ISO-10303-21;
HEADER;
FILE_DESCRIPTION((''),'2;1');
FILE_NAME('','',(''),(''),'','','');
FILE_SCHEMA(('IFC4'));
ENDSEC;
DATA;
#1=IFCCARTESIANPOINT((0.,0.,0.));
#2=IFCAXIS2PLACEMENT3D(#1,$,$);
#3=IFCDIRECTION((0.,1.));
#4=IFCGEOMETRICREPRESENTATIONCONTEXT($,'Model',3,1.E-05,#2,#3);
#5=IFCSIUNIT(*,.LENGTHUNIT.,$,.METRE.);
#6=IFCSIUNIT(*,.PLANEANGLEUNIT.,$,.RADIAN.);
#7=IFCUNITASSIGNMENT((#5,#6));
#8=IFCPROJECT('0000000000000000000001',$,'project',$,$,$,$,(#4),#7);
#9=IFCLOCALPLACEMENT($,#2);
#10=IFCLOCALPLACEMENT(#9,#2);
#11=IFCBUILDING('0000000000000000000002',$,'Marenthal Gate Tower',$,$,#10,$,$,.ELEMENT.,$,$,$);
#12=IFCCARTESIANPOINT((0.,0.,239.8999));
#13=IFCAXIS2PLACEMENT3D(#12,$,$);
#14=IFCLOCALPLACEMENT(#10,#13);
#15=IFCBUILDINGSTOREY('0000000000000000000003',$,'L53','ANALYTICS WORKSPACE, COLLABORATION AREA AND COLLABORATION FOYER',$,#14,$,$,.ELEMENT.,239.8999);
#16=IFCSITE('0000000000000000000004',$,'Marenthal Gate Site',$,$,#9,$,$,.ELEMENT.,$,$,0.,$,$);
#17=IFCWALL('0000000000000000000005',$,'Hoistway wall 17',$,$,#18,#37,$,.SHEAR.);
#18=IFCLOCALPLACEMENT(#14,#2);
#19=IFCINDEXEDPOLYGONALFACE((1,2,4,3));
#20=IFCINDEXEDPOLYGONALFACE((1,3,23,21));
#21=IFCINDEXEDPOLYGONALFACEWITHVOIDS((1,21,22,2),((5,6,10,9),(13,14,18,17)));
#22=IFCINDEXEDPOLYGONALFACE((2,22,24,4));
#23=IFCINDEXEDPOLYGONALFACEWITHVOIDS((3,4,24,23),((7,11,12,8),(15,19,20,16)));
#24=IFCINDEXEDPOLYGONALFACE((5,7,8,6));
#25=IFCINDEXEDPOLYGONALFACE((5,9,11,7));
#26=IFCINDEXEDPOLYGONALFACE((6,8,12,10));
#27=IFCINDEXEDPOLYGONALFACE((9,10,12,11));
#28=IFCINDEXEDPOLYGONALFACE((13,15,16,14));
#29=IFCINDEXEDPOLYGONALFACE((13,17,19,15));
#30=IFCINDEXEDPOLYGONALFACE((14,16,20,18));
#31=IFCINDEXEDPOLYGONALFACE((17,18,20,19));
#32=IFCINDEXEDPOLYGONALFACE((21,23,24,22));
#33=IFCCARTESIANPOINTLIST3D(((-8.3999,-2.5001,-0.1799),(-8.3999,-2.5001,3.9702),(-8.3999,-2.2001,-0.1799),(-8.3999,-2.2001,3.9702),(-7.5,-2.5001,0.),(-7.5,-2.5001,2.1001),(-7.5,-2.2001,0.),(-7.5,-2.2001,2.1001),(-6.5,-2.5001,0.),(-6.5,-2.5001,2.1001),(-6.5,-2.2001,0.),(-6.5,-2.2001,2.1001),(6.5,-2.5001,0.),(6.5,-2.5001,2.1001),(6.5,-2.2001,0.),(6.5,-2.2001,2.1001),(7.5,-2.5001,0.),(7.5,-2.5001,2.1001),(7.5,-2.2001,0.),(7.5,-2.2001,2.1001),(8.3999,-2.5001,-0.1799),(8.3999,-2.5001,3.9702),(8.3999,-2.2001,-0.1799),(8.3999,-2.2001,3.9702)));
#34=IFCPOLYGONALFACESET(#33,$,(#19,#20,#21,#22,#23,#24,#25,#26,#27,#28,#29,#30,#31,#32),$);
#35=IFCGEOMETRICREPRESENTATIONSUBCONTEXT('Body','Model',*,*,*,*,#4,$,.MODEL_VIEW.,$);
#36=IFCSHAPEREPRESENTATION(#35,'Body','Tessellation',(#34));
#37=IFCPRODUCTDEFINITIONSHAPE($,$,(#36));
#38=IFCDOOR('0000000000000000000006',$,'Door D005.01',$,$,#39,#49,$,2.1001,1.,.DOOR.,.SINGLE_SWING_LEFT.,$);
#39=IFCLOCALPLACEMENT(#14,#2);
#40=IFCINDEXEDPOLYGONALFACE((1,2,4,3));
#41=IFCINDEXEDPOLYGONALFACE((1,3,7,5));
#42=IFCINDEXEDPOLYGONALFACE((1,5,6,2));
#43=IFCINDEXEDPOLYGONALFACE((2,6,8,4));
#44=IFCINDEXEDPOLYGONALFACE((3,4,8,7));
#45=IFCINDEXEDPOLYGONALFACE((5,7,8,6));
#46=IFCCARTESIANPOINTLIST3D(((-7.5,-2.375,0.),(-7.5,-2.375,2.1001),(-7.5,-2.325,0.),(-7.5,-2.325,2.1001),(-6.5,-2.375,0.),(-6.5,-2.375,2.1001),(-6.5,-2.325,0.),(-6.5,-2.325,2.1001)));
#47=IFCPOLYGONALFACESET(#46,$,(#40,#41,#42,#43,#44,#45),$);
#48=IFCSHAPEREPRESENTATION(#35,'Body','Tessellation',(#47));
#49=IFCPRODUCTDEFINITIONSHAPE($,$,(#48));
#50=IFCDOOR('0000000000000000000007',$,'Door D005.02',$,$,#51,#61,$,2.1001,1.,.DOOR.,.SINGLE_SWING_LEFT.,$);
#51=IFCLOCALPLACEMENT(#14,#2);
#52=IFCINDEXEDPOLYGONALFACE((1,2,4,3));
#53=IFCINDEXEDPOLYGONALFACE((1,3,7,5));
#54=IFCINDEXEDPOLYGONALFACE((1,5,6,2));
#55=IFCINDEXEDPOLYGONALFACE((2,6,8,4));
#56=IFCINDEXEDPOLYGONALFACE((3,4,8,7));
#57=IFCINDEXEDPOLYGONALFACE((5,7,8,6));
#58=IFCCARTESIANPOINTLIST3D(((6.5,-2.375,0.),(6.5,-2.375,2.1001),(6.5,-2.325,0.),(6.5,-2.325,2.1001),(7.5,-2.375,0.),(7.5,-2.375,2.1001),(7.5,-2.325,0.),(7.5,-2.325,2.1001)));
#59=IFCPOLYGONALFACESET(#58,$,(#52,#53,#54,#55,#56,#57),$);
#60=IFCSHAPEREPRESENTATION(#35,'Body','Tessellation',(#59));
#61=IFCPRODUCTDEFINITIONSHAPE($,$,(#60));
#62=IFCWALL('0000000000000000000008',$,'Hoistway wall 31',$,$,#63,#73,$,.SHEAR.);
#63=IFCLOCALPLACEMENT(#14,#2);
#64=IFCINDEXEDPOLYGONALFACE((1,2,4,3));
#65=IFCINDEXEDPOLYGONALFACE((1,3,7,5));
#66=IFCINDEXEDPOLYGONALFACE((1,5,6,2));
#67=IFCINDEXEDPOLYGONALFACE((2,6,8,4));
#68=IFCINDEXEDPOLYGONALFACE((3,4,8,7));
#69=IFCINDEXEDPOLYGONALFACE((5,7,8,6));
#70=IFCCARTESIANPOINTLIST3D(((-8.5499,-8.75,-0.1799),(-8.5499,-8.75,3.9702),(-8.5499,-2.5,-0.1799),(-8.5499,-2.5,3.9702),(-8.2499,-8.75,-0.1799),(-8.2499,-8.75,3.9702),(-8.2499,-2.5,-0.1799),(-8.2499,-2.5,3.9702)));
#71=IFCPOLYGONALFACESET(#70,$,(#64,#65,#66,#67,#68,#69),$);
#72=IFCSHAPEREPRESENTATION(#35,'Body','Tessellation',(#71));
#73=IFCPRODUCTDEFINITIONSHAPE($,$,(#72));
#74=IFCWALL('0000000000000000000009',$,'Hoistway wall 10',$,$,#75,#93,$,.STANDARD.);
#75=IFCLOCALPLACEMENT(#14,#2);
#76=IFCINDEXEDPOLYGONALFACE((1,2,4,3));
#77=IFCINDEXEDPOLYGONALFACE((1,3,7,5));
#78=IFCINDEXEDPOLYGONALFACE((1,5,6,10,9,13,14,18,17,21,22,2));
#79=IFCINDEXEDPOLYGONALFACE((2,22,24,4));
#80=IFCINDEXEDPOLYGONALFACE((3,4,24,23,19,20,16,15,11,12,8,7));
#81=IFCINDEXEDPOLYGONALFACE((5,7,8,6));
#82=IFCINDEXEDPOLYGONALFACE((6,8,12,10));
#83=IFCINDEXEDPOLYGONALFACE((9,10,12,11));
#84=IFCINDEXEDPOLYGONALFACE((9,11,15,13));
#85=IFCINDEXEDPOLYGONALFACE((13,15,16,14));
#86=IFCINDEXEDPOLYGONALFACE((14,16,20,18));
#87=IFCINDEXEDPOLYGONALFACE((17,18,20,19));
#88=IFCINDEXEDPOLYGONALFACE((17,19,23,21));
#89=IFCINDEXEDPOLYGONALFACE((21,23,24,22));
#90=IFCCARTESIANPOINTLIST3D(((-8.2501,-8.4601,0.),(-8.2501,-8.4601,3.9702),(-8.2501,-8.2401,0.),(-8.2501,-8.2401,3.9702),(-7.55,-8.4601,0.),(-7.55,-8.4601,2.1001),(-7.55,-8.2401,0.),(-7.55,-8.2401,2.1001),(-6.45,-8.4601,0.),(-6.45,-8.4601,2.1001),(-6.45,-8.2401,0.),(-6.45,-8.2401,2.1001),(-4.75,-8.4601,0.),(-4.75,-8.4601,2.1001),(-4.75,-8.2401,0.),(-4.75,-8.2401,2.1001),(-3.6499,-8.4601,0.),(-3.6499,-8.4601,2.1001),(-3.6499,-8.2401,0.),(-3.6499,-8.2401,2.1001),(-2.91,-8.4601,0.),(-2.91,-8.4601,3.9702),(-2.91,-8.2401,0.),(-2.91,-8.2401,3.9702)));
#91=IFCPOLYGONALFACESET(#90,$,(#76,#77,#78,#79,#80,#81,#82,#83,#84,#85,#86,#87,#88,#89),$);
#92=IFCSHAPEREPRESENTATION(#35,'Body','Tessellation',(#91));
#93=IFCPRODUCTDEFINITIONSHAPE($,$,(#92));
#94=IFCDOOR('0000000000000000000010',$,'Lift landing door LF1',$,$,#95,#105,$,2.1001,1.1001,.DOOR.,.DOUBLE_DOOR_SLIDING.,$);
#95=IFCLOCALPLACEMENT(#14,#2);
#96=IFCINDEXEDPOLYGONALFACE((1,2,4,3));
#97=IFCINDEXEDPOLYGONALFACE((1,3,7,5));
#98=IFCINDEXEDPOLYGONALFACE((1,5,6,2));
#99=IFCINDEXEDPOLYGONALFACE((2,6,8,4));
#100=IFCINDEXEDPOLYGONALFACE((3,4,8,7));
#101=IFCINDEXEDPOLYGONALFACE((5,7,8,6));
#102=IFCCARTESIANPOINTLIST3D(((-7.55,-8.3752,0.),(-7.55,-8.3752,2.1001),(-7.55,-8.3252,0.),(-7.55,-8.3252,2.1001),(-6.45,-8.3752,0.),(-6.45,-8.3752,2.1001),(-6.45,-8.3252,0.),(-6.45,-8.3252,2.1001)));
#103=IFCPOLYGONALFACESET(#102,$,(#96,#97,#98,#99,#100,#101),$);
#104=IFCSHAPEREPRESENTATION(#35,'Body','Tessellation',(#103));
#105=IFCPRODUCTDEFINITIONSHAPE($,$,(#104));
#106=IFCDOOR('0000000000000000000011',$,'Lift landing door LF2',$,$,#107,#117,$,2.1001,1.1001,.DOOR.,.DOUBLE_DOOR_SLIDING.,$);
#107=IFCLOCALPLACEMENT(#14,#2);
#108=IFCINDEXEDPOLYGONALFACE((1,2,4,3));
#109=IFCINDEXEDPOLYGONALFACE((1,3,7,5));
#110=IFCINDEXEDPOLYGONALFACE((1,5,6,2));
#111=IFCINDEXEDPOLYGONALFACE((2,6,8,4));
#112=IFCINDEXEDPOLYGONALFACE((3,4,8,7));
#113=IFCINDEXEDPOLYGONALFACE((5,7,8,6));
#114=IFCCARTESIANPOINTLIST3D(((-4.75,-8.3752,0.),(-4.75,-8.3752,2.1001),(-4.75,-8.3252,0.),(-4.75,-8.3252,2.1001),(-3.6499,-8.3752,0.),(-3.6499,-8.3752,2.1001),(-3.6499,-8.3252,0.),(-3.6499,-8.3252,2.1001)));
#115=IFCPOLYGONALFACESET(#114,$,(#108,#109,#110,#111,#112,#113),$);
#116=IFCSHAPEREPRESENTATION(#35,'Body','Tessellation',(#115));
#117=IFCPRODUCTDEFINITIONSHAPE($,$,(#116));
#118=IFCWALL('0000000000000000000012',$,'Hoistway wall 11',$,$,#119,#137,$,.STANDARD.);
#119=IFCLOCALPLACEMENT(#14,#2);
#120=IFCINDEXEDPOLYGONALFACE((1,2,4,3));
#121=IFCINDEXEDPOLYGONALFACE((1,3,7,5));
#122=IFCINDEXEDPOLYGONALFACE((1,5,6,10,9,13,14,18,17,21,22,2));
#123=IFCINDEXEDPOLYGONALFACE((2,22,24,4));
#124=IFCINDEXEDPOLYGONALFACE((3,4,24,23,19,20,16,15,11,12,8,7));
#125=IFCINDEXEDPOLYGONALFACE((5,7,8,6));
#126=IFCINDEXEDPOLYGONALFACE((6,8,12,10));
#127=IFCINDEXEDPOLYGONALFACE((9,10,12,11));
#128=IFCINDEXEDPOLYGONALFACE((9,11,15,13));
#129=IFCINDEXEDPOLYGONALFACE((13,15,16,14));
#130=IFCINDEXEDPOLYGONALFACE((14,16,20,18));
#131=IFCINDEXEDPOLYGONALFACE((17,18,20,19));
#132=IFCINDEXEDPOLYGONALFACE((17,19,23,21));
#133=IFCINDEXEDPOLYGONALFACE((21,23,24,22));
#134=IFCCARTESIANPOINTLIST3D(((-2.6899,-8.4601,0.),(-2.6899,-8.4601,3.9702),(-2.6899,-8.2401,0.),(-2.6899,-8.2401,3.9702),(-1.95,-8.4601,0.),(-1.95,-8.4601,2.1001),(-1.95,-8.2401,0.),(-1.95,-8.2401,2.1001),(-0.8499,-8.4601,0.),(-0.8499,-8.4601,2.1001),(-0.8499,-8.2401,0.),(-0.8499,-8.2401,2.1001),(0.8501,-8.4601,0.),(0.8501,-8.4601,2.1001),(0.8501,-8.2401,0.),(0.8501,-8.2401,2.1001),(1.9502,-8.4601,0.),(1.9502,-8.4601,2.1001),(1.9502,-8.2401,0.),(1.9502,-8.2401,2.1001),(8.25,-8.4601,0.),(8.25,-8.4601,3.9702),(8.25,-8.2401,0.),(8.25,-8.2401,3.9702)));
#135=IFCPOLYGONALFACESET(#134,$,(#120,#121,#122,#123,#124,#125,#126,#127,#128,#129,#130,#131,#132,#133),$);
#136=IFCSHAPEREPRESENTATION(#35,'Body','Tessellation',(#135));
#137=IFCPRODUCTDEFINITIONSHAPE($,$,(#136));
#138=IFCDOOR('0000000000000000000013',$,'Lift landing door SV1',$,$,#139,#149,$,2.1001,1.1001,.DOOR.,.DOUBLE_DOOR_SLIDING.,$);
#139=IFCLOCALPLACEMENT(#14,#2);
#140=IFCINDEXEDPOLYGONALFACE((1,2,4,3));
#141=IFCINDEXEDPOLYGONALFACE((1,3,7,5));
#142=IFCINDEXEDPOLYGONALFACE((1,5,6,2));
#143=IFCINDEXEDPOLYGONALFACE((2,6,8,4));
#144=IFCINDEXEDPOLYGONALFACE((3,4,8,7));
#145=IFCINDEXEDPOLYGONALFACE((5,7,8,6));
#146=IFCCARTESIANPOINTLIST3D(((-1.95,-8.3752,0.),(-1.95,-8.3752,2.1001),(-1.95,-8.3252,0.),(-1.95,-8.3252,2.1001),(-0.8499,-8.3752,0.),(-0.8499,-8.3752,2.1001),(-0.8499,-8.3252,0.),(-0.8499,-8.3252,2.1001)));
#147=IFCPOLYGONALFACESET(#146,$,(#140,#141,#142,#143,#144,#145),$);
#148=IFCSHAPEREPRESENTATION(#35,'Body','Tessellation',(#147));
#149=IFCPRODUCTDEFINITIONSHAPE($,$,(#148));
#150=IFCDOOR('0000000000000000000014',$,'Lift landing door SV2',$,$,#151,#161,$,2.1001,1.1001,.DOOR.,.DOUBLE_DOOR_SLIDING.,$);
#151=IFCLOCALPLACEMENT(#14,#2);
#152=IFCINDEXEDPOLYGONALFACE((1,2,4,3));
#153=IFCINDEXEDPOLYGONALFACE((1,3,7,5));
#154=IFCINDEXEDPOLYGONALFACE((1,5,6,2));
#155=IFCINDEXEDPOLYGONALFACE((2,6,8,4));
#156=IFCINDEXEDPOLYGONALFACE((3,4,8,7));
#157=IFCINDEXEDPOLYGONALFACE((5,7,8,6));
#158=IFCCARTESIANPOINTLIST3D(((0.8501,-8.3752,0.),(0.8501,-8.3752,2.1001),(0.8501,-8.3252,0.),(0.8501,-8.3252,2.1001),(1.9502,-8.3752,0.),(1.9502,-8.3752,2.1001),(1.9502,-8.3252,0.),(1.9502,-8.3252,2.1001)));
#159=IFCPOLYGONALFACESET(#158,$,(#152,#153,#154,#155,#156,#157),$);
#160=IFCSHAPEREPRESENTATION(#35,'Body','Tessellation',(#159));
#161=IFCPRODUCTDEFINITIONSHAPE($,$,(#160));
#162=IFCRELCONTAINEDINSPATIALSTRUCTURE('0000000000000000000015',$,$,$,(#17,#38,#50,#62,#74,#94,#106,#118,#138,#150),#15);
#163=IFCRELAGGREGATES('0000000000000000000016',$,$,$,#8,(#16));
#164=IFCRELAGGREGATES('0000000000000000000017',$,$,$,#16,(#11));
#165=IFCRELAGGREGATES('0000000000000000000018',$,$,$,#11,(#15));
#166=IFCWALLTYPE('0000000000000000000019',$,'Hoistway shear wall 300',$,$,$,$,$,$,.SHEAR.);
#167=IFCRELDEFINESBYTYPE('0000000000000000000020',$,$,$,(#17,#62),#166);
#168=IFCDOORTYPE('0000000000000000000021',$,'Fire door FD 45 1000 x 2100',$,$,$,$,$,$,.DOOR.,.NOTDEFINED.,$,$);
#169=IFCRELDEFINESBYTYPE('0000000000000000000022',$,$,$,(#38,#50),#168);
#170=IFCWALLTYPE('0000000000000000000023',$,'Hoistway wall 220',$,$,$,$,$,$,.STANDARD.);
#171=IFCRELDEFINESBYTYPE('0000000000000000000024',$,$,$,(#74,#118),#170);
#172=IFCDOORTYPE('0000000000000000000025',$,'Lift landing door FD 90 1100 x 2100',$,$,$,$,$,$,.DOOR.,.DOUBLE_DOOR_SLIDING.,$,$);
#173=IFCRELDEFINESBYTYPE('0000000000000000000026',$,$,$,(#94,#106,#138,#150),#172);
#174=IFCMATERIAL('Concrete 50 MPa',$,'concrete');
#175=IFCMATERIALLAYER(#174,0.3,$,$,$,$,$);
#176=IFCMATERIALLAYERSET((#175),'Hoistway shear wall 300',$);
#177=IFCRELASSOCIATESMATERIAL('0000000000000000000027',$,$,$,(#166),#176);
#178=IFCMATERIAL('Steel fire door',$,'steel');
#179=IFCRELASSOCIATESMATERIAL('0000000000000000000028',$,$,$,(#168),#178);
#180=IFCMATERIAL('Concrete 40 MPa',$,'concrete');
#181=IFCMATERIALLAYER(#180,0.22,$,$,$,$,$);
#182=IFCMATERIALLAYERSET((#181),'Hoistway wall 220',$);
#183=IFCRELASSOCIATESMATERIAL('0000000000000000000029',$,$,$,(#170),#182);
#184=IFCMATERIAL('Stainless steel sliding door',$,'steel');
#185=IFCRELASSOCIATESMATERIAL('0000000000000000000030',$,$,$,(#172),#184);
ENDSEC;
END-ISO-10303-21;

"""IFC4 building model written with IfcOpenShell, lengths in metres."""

from ifc_helpers import new_model, si_unit, direction, frame, frame_2d, origin, place, context, subcontext, project, spatial, rectangle, extrude, material, layer, layer_set, type_object, element, fill, save


model = new_model("IFC4")

# Units and contexts
model_context = context("Model", 3, precision=1e-05, world=origin(), true_north=direction((0.0, 1.0)))
body_context = subcontext(model_context, "Body", "Model", "MODEL_VIEW")
ifc_project = project(units=[si_unit("LENGTHUNIT", "METRE"), si_unit("PLANEANGLEUNIT", "RADIAN")], contexts=[model_context])

# Site, building, storey
site_placement = place(None, origin())
site = spatial("IfcSite", under=ifc_project, at=site_placement, Name="Marenthal Gate Site", CompositionType="ELEMENT", RefElevation=0.0)
building_placement = place(site_placement, origin())
building = spatial("IfcBuilding", under=site, at=building_placement, Name="Marenthal Gate Tower", CompositionType="ELEMENT")
storey_placement = place(building_placement, frame((0.0, 0.0, 239.8999)))
storey = spatial("IfcBuildingStorey", under=building, at=storey_placement, Name="L53", Description="ANALYTICS WORKSPACE, COLLABORATION AREA AND COLLABORATION FOYER", CompositionType="ELEMENT", Elevation=239.8999)

# Wall, openings, doors
ifc_material_1 = material(Name="Concrete 50 MPa", Category="concrete")
ifc_layer_1 = layer(ifc_material_1, 0.3)
ifc_layer_set_1 = layer_set([ifc_layer_1], Name="Hoistway shear wall 300")
wall_type_1 = type_object("IfcWallType", Name="Hoistway shear wall 300", PredefinedType="SHEAR", material=ifc_layer_set_1)
wall_1_placement = place(storey_placement, frame((-8.3999, -2.3501, -0.1799), z_axis=(0.0, 0.0, 1.0), x_axis=(1.0, 0.0, 0.0)))
wall_1 = element("IfcWall", 1, at=wall_1_placement, inside=storey, type_object=wall_type_1, Name="Hoistway wall 17", PredefinedType="SHEAR", context=body_context, shape_type="SweptSolid", body=[
    extrude(rectangle(XDim=16.7998, YDim=0.3, at=frame_2d((8.3999, 0.0))), origin(), (0.0, 0.0, 1.0), 4.1501),
])
opening_1_placement = place(wall_1_placement, frame((0.8999, 0.0, 0.1799)))
opening_1 = element("IfcOpeningElement", 2, at=opening_1_placement, cuts=wall_1, PredefinedType="OPENING", context=body_context, shape_type="SweptSolid", body=[
    extrude(rectangle(XDim=1.0, YDim=2.1001, at=frame_2d((0.5, 1.05))), frame((0.0, 0.1602, 0.0), z_axis=(0.0, -1.0, 0.0), x_axis=(1.0, 0.0, 0.0)), (0.0, 0.0, 1.0), 0.3201),
])
opening_2_placement = place(wall_1_placement, frame((14.8999, 0.0, 0.1799)))
opening_2 = element("IfcOpeningElement", 3, at=opening_2_placement, cuts=wall_1, PredefinedType="OPENING", context=body_context, shape_type="SweptSolid", body=[
    extrude(rectangle(XDim=1.0, YDim=2.1001, at=frame_2d((0.5, 1.05))), frame((0.0, 0.1602, 0.0), z_axis=(0.0, -1.0, 0.0), x_axis=(1.0, 0.0, 0.0)), (0.0, 0.0, 1.0), 0.3201),
])
ifc_material_2 = material(Name="Steel fire door", Category="steel")
door_type_1 = type_object("IfcDoorType", Name="Fire door FD 45 1000 x 2100", OperationType="NOTDEFINED", PredefinedType="DOOR", material=ifc_material_2)
door_1_placement = place(opening_1_placement, frame((1.0, 0.0, 0.0), z_axis=(0.0, 0.0, 1.0), x_axis=(-1.0, 0.0, 0.0)))
door_1 = element("IfcDoor", 4, at=door_1_placement, inside=storey, type_object=door_type_1, Name="Door D005.01", OperationType="SINGLE_SWING_LEFT", OverallHeight=2.1001, OverallWidth=1.0, PredefinedType="DOOR", context=body_context, shape_type="SweptSolid", body=[
    extrude(rectangle(XDim=1.0, YDim=2.1001, at=frame_2d((0.5, 1.05))), frame((0.0, 0.0249, 0.0), z_axis=(0.0, -1.0, 0.0), x_axis=(1.0, 0.0, 0.0)), (0.0, 0.0, 1.0), 0.05),
])
fill(opening_1, door_1)
door_2_placement = place(opening_2_placement, frame((1.0, 0.0, 0.0), z_axis=(0.0, 0.0, 1.0), x_axis=(-1.0, 0.0, 0.0)))
door_2 = element("IfcDoor", 5, at=door_2_placement, inside=storey, type_object=door_type_1, Name="Door D005.02", OperationType="SINGLE_SWING_LEFT", OverallHeight=2.1001, OverallWidth=1.0, PredefinedType="DOOR", context=body_context, shape_type="SweptSolid", body=[
    extrude(rectangle(XDim=1.0, YDim=2.1001, at=frame_2d((0.5, 1.05))), frame((0.0, 0.0249, 0.0), z_axis=(0.0, -1.0, 0.0), x_axis=(1.0, 0.0, 0.0)), (0.0, 0.0, 1.0), 0.05),
])
fill(opening_2, door_2)

# Wall
wall_2_placement = place(storey_placement, frame((-8.3999, -8.75, -0.1799), z_axis=(0.0, 0.0, 1.0), x_axis=(0.0, 1.0, 0.0)))
element("IfcWall", 6, at=wall_2_placement, inside=storey, type_object=wall_type_1, Name="Hoistway wall 31", PredefinedType="SHEAR", context=body_context, shape_type="SweptSolid", body=[
    extrude(rectangle(XDim=6.25, YDim=0.3, at=frame_2d((3.125, 0.0))), origin(), (0.0, 0.0, 1.0), 4.1501),
])

# Walls, openings, doors
ifc_material_3 = material(Name="Concrete 40 MPa", Category="concrete")
ifc_layer_2 = layer(ifc_material_3, 0.22)
ifc_layer_set_2 = layer_set([ifc_layer_2], Name="Hoistway wall 220")
wall_type_2 = type_object("IfcWallType", Name="Hoistway wall 220", PredefinedType="STANDARD", material=ifc_layer_set_2)
wall_3_placement = place(storey_placement, frame((-8.25, -8.3501, 0.0), z_axis=(0.0, 0.0, 1.0), x_axis=(1.0, 0.0, 0.0)))
wall_3 = element("IfcWall", 7, at=wall_3_placement, inside=storey, type_object=wall_type_2, Name="Hoistway wall 10", PredefinedType="STANDARD", context=body_context, shape_type="SweptSolid", body=[
    extrude(rectangle(XDim=5.3401, YDim=0.22, at=frame_2d((2.6699, 0.0))), origin(), (0.0, 0.0, 1.0), 3.9702),
])
opening_3_placement = place(wall_3_placement, frame((0.7, 0.0, 0.0)))
opening_3 = element("IfcOpeningElement", 8, at=opening_3_placement, cuts=wall_3, PredefinedType="OPENING", context=body_context, shape_type="SweptSolid", body=[
    extrude(rectangle(XDim=1.1001, YDim=2.1001, at=frame_2d((0.55, 1.05))), frame((0.0, 0.1201, 0.0), z_axis=(0.0, -1.0, 0.0), x_axis=(1.0, 0.0, 0.0)), (0.0, 0.0, 1.0), 0.24),
])
opening_4_placement = place(wall_3_placement, frame((3.5, 0.0, 0.0)))
opening_4 = element("IfcOpeningElement", 9, at=opening_4_placement, cuts=wall_3, PredefinedType="OPENING", context=body_context, shape_type="SweptSolid", body=[
    extrude(rectangle(XDim=1.1001, YDim=2.1001, at=frame_2d((0.55, 1.05))), frame((0.0, 0.1201, 0.0), z_axis=(0.0, -1.0, 0.0), x_axis=(1.0, 0.0, 0.0)), (0.0, 0.0, 1.0), 0.24),
])
ifc_material_4 = material(Name="Stainless steel sliding door", Category="steel")
door_type_2 = type_object("IfcDoorType", Name="Lift landing door FD 90 1100 x 2100", OperationType="DOUBLE_DOOR_SLIDING", PredefinedType="DOOR", material=ifc_material_4)
door_3_placement = place(opening_3_placement, origin())
door_3 = element("IfcDoor", 10, at=door_3_placement, inside=storey, type_object=door_type_2, Name="Lift landing door LF1", OperationType="DOUBLE_DOOR_SLIDING", OverallHeight=2.1001, OverallWidth=1.1001, PredefinedType="DOOR", context=body_context, shape_type="SweptSolid", body=[
    extrude(rectangle(XDim=1.1001, YDim=2.1001, at=frame_2d((0.55, 1.05))), frame((0.0, 0.0249, 0.0), z_axis=(0.0, -1.0, 0.0), x_axis=(1.0, 0.0, 0.0)), (0.0, 0.0, 1.0), 0.05),
])
fill(opening_3, door_3)
door_4_placement = place(opening_4_placement, origin())
door_4 = element("IfcDoor", 11, at=door_4_placement, inside=storey, type_object=door_type_2, Name="Lift landing door LF2", OperationType="DOUBLE_DOOR_SLIDING", OverallHeight=2.1001, OverallWidth=1.1001, PredefinedType="DOOR", context=body_context, shape_type="SweptSolid", body=[
    extrude(rectangle(XDim=1.1001, YDim=2.1001, at=frame_2d((0.55, 1.05))), frame((0.0, 0.0249, 0.0), z_axis=(0.0, -1.0, 0.0), x_axis=(1.0, 0.0, 0.0)), (0.0, 0.0, 1.0), 0.05),
])
fill(opening_4, door_4)
wall_4_placement = place(storey_placement, frame((-2.6899, -8.3501, 0.0), z_axis=(0.0, 0.0, 1.0), x_axis=(1.0, 0.0, 0.0)))
wall_4 = element("IfcWall", 12, at=wall_4_placement, inside=storey, type_object=wall_type_2, Name="Hoistway wall 11", PredefinedType="STANDARD", context=body_context, shape_type="SweptSolid", body=[
    extrude(rectangle(XDim=10.9399, YDim=0.22, at=frame_2d((5.47, 0.0))), origin(), (0.0, 0.0, 1.0), 3.9702),
])
opening_5_placement = place(wall_4_placement, frame((0.74, 0.0, 0.0)))
opening_5 = element("IfcOpeningElement", 13, at=opening_5_placement, cuts=wall_4, PredefinedType="OPENING", context=body_context, shape_type="SweptSolid", body=[
    extrude(rectangle(XDim=1.1001, YDim=2.1001, at=frame_2d((0.55, 1.05))), frame((0.0, 0.1201, 0.0), z_axis=(0.0, -1.0, 0.0), x_axis=(1.0, 0.0, 0.0)), (0.0, 0.0, 1.0), 0.24),
])
opening_6_placement = place(wall_4_placement, frame((3.54, 0.0, 0.0)))
opening_6 = element("IfcOpeningElement", 14, at=opening_6_placement, cuts=wall_4, PredefinedType="OPENING", context=body_context, shape_type="SweptSolid", body=[
    extrude(rectangle(XDim=1.1001, YDim=2.1001, at=frame_2d((0.55, 1.05))), frame((0.0, 0.1201, 0.0), z_axis=(0.0, -1.0, 0.0), x_axis=(1.0, 0.0, 0.0)), (0.0, 0.0, 1.0), 0.24),
])
door_5_placement = place(opening_5_placement, origin())
door_5 = element("IfcDoor", 15, at=door_5_placement, inside=storey, type_object=door_type_2, Name="Lift landing door SV1", OperationType="DOUBLE_DOOR_SLIDING", OverallHeight=2.1001, OverallWidth=1.1001, PredefinedType="DOOR", context=body_context, shape_type="SweptSolid", body=[
    extrude(rectangle(XDim=1.1001, YDim=2.1001, at=frame_2d((0.55, 1.05))), frame((0.0, 0.0249, 0.0), z_axis=(0.0, -1.0, 0.0), x_axis=(1.0, 0.0, 0.0)), (0.0, 0.0, 1.0), 0.05),
])
fill(opening_5, door_5)
door_6_placement = place(opening_6_placement, origin())
door_6 = element("IfcDoor", 16, at=door_6_placement, inside=storey, type_object=door_type_2, Name="Lift landing door SV2", OperationType="DOUBLE_DOOR_SLIDING", OverallHeight=2.1001, OverallWidth=1.1001, PredefinedType="DOOR", context=body_context, shape_type="SweptSolid", body=[
    extrude(rectangle(XDim=1.1001, YDim=2.1001, at=frame_2d((0.55, 1.05))), frame((0.0, 0.0249, 0.0), z_axis=(0.0, -1.0, 0.0), x_axis=(1.0, 0.0, 0.0)), (0.0, 0.0, 1.0), 0.05),
])
fill(opening_6, door_6)

save(model, "model.ifc")
